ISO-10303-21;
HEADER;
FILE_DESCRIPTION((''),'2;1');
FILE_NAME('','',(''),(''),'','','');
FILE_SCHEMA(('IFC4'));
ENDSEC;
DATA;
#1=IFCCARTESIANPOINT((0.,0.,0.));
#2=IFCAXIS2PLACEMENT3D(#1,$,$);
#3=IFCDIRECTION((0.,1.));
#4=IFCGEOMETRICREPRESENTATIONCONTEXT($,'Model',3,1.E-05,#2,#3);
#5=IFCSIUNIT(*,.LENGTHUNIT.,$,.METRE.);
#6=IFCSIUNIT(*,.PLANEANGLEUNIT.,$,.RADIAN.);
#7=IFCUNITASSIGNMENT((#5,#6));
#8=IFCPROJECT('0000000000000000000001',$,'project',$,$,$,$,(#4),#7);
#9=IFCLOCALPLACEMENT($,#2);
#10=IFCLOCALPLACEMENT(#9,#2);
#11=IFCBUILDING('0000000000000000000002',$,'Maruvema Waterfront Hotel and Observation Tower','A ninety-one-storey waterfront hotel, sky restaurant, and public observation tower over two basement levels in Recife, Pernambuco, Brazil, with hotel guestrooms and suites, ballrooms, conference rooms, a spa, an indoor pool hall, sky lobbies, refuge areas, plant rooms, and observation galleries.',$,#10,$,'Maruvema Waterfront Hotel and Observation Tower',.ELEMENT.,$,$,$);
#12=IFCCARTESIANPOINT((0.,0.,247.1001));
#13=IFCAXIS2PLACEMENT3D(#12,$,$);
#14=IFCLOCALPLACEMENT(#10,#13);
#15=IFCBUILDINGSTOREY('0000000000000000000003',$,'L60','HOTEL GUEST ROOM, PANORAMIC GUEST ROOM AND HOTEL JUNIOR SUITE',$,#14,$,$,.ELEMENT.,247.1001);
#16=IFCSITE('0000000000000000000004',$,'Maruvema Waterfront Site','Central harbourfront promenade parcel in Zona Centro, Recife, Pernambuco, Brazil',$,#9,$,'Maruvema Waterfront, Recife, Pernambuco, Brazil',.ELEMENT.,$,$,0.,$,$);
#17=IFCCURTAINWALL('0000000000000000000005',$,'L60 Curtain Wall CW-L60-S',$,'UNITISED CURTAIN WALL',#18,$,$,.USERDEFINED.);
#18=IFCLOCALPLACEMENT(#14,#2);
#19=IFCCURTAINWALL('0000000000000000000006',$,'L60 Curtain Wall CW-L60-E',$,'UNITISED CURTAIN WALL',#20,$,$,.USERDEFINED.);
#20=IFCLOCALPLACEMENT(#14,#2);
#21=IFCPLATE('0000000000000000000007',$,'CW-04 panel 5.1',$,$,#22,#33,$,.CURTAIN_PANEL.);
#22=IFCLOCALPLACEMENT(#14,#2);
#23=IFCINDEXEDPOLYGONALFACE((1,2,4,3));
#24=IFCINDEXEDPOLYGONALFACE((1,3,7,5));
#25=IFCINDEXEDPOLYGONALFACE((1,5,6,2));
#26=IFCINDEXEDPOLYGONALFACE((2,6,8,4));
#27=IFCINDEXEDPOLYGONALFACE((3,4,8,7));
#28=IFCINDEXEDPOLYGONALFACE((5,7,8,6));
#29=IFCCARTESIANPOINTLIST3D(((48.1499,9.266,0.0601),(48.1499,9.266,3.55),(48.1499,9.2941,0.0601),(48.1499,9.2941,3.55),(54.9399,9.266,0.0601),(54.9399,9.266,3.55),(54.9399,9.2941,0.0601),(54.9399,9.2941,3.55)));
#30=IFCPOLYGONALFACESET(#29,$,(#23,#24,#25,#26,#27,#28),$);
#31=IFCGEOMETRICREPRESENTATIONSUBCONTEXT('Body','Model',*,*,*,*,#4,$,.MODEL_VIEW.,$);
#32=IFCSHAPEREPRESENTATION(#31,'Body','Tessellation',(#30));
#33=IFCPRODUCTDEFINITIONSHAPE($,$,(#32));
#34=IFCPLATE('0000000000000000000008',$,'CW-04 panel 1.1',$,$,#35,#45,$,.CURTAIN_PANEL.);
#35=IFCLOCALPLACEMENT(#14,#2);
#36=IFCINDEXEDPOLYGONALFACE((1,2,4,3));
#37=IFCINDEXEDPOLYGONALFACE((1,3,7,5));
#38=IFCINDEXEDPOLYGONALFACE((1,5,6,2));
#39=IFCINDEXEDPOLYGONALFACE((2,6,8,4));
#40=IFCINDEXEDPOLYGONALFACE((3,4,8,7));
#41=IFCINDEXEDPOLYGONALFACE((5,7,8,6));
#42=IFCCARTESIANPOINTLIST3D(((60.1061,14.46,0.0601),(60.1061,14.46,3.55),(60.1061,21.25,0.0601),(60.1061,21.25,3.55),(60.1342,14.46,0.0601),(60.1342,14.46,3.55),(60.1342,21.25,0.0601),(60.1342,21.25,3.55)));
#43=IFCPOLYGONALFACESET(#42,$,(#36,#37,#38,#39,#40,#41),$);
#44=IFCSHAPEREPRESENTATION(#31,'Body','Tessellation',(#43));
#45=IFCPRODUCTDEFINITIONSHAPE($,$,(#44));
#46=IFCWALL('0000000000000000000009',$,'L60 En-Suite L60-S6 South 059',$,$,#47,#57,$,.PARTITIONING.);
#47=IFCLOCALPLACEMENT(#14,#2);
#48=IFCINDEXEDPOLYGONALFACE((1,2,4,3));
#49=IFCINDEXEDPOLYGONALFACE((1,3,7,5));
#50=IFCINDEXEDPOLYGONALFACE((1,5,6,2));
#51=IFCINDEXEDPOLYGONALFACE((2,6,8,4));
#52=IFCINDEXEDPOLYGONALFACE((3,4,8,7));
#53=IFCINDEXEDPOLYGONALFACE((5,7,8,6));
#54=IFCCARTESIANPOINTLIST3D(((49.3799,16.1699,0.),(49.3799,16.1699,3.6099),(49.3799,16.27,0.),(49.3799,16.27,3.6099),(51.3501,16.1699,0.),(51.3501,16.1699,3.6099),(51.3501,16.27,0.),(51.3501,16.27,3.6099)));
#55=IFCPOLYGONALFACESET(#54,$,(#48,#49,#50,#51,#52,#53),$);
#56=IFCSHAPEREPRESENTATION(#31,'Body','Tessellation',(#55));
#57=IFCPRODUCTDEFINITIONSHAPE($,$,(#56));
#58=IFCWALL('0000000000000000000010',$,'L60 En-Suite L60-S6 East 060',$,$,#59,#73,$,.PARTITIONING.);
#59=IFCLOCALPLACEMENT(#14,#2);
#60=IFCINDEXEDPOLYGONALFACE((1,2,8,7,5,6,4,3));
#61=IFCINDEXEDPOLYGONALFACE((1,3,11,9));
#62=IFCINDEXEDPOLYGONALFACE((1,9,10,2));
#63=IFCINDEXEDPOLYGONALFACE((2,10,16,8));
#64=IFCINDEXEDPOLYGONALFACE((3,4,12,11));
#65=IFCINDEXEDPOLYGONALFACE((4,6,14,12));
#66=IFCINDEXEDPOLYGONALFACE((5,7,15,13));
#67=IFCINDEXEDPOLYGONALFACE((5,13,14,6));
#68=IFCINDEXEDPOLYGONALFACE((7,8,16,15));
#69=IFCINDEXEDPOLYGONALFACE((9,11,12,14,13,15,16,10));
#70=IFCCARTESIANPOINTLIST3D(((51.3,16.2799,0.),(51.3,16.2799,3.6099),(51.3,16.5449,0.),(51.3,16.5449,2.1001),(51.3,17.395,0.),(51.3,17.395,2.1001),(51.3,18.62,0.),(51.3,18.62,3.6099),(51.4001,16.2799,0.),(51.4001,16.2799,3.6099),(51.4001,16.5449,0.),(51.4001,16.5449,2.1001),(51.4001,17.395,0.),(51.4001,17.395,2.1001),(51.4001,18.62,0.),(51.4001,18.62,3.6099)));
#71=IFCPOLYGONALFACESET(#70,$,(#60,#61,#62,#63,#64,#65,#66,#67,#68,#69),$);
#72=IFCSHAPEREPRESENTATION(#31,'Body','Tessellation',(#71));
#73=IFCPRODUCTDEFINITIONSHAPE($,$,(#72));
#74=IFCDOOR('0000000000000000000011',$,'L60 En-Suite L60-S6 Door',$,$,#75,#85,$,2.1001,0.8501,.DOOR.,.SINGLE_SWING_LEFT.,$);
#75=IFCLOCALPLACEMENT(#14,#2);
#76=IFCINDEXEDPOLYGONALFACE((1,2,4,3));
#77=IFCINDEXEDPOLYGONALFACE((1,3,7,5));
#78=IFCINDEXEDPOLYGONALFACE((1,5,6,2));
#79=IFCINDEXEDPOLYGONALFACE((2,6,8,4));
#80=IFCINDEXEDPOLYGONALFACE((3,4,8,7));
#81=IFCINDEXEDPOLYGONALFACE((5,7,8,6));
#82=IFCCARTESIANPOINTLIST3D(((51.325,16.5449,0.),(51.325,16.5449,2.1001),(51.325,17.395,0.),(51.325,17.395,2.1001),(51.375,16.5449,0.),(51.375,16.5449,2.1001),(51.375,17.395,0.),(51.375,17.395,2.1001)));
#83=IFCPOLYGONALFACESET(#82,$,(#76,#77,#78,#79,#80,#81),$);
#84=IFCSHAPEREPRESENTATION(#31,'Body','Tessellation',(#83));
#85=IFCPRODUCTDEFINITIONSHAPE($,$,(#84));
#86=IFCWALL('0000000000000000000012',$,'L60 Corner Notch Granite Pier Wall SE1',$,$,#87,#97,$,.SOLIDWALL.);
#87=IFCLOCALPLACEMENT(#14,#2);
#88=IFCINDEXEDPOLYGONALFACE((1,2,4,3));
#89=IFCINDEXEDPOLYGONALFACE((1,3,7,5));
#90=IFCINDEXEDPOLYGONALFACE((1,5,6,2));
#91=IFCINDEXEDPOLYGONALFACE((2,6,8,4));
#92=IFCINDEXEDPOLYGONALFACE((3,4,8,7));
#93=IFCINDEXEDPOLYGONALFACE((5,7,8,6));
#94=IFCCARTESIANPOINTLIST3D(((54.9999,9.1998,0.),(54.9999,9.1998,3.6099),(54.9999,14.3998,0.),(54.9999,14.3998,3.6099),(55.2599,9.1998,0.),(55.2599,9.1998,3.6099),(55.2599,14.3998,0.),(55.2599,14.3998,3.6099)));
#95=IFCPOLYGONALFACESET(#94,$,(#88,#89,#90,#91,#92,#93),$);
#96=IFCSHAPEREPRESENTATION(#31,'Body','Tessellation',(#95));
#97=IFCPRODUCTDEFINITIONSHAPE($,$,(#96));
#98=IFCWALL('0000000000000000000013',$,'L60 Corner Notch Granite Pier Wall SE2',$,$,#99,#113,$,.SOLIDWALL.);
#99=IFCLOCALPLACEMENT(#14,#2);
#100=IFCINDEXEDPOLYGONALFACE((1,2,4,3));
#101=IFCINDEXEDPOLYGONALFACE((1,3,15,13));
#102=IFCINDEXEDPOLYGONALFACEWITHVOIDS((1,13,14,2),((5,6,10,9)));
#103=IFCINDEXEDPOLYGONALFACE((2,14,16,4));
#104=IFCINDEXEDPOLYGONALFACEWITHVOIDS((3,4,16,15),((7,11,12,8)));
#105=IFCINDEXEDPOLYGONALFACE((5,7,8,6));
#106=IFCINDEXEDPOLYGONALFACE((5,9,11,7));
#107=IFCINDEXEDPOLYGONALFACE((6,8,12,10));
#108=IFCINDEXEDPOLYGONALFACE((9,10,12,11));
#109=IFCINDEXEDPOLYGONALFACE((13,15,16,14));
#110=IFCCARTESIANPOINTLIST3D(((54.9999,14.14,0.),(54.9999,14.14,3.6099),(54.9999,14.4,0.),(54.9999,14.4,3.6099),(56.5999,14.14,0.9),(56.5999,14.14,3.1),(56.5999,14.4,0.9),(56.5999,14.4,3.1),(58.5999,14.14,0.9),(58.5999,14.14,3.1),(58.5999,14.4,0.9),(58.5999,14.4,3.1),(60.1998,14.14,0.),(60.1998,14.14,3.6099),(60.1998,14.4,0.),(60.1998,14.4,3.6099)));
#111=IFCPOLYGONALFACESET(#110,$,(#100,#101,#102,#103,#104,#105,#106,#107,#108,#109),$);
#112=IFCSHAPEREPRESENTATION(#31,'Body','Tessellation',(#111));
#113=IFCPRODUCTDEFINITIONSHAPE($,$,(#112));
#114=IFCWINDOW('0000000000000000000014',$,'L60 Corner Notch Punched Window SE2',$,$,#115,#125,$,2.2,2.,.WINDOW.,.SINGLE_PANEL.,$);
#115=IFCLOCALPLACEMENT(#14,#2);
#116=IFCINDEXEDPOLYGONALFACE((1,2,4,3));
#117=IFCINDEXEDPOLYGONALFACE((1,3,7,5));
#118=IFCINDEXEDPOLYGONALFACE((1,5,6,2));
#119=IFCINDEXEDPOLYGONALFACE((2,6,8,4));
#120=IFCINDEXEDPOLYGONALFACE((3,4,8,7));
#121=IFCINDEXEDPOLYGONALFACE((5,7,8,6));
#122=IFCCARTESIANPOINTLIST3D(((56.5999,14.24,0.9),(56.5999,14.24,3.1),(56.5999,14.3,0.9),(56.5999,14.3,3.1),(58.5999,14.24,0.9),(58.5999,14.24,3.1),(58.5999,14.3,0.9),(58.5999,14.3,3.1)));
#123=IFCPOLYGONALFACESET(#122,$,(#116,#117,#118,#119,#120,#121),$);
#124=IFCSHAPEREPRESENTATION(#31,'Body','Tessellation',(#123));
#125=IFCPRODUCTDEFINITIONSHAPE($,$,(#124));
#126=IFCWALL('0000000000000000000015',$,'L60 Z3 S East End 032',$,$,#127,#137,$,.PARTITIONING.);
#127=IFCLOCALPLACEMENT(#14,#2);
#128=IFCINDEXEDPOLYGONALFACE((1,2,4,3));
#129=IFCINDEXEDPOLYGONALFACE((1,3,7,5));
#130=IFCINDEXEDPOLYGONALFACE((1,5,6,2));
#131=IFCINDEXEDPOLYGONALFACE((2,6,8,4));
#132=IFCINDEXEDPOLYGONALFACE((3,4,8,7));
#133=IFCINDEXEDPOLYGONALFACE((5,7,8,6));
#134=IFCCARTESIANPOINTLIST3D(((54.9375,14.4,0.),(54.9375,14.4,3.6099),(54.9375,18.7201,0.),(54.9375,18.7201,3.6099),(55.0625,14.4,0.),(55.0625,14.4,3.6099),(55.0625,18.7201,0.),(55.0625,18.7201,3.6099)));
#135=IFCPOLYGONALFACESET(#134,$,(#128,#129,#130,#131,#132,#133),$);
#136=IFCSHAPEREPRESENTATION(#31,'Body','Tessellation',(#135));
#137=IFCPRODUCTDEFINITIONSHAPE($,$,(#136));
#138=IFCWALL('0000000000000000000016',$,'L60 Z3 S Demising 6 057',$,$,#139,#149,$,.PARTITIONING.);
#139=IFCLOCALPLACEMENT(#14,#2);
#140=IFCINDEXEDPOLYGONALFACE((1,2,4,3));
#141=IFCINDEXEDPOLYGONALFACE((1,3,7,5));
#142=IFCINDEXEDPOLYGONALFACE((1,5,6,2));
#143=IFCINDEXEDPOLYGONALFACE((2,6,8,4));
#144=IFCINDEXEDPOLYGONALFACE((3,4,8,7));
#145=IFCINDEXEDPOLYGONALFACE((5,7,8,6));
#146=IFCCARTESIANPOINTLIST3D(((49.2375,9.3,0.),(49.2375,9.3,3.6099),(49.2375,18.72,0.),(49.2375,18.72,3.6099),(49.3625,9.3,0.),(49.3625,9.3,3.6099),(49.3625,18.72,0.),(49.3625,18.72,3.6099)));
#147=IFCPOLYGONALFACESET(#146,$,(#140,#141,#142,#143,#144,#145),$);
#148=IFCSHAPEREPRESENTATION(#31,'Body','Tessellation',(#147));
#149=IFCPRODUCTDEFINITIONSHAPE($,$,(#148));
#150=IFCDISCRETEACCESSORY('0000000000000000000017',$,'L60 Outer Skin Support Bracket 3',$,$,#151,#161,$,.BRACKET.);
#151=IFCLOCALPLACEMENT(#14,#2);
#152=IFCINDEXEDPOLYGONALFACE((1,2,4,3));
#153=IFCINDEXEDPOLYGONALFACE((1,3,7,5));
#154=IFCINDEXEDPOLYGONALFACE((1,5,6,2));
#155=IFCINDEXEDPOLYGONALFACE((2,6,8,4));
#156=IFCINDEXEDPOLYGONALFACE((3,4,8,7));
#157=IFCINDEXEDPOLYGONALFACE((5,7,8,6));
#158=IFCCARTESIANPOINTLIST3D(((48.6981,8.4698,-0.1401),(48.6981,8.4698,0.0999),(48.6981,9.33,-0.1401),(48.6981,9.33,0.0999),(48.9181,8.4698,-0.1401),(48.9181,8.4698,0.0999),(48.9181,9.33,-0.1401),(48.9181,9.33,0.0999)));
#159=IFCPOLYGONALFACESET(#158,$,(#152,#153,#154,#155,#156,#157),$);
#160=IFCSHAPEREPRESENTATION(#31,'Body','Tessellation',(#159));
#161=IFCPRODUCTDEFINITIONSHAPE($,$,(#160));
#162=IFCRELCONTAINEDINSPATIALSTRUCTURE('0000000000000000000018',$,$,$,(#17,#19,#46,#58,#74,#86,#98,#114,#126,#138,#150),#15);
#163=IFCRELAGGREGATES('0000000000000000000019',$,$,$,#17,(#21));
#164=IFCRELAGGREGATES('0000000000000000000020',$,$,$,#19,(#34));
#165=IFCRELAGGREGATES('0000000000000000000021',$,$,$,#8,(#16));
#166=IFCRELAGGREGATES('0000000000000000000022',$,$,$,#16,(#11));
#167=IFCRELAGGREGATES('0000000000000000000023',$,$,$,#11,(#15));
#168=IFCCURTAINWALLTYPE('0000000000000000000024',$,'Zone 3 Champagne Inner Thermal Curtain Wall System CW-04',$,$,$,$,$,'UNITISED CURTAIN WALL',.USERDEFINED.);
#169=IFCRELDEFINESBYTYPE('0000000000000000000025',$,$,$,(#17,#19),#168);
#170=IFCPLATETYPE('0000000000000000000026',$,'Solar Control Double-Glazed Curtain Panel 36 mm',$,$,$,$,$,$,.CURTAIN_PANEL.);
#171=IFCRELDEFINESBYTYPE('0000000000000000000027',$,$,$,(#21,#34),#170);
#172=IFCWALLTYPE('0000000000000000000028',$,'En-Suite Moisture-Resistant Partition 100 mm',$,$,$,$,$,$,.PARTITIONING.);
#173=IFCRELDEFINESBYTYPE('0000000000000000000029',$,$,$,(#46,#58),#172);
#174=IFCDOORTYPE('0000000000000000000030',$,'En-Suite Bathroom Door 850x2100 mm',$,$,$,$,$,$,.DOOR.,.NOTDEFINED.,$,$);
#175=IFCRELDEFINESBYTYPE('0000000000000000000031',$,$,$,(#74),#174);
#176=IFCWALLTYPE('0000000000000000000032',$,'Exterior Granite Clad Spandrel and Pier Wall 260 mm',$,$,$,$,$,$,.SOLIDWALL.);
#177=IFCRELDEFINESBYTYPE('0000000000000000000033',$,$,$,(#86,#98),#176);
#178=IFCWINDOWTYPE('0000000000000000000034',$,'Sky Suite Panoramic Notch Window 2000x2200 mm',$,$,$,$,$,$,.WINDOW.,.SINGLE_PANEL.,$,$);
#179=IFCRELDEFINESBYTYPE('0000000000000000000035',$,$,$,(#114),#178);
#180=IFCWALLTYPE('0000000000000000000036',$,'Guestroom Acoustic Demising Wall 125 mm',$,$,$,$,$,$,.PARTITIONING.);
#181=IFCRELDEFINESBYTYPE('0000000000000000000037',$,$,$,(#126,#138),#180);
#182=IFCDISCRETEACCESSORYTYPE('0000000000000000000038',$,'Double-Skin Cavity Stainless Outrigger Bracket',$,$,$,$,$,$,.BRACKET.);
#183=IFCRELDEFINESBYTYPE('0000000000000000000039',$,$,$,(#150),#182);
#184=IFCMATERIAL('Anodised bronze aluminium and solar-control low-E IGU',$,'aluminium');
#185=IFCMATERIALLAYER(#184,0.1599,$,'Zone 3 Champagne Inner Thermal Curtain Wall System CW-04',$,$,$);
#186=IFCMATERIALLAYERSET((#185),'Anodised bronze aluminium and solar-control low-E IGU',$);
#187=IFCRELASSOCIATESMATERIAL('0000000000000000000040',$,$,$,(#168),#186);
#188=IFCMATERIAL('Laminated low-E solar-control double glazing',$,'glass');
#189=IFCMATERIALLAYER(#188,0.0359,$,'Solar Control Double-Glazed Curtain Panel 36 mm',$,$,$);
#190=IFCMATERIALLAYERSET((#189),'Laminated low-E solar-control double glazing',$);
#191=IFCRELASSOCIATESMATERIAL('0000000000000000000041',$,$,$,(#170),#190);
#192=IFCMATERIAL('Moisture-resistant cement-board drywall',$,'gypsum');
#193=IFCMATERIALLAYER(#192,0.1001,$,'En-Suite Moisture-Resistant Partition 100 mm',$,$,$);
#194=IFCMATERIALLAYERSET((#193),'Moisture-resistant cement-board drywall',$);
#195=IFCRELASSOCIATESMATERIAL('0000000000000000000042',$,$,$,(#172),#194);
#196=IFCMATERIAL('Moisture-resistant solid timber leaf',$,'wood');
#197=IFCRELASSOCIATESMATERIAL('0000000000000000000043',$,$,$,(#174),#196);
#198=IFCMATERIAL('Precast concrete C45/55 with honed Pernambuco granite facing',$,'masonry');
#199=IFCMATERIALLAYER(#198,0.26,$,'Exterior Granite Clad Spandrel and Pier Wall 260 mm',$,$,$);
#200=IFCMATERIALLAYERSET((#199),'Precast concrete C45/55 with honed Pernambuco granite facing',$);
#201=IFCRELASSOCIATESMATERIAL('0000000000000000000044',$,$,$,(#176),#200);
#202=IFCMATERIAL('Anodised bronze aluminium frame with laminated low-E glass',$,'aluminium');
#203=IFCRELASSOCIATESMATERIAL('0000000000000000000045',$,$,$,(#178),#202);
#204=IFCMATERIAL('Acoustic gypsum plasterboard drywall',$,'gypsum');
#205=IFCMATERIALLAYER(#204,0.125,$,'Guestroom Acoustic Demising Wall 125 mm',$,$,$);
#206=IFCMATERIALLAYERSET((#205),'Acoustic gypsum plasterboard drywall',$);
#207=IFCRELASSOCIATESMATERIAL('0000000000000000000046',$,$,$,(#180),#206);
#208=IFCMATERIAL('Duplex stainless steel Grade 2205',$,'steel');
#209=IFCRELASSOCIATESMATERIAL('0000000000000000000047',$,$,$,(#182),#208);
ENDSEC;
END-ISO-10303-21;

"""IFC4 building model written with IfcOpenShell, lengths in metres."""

from ifc_helpers import new_model, si_unit, direction, frame, frame_2d, origin, origin_2d, place, context, subcontext, project, spatial, rectangle, extrude, material, layer, layer_set, type_object, element, fill, aggregate, save


model = new_model("IFC4")

# Units and contexts
model_context = context("Model", 3, precision=1e-05, world=origin(), true_north=direction((0.0, 1.0)))
body_context = subcontext(model_context, "Body", "Model", "MODEL_VIEW")
ifc_project = project(units=[si_unit("LENGTHUNIT", "METRE"), si_unit("PLANEANGLEUNIT", "RADIAN")], contexts=[model_context])

# Site, building, storey
site_placement = place(None, origin())
site = spatial("IfcSite", under=ifc_project, at=site_placement, Name="Maruvema Waterfront Site", Description="Central harbourfront promenade parcel in Zona Centro, Recife, Pernambuco, Brazil", LongName="Maruvema Waterfront, Recife, Pernambuco, Brazil", CompositionType="ELEMENT", RefElevation=0.0)
building_placement = place(site_placement, origin())
building = spatial("IfcBuilding", under=site, at=building_placement, Name="Maruvema Waterfront Hotel and Observation Tower", Description="A ninety-one-storey waterfront hotel, sky restaurant, and public observation tower over two basement levels in Recife, Pernambuco, Brazil, with hotel guestrooms and suites, ballrooms, conference rooms, a spa, an indoor pool hall, sky lobbies, refuge areas, plant rooms, and observation galleries.", LongName="Maruvema Waterfront Hotel and Observation Tower", CompositionType="ELEMENT")
storey_placement = place(building_placement, frame((0.0, 0.0, 247.1001)))
storey = spatial("IfcBuildingStorey", under=building, at=storey_placement, Name="L60", Description="HOTEL GUEST ROOM, PANORAMIC GUEST ROOM AND HOTEL JUNIOR SUITE", CompositionType="ELEMENT", Elevation=247.1001)

# Curtain wall
ifc_material_1 = material(Name="Anodised bronze aluminium and solar-control low-E IGU", Category="aluminium")
ifc_layer_1 = layer(ifc_material_1, 0.1599, Name="Zone 3 Champagne Inner Thermal Curtain Wall System CW-04")
ifc_layer_set_1 = layer_set([ifc_layer_1], Name="Anodised bronze aluminium and solar-control low-E IGU")
curtain_wall_type = type_object("IfcCurtainWallType", Name="Zone 3 Champagne Inner Thermal Curtain Wall System CW-04", ElementType="UNITISED CURTAIN WALL", PredefinedType="USERDEFINED", material=ifc_layer_set_1)
curtain_wall_1_placement = place(storey_placement, origin())
curtain_wall_1 = element("IfcCurtainWall", 1, at=curtain_wall_1_placement, inside=storey, type_object=curtain_wall_type, Name="L60 Curtain Wall CW-L60-S", ObjectType="UNITISED CURTAIN WALL", PredefinedType="USERDEFINED")

# Curtain wall
curtain_wall_2_placement = place(storey_placement, origin())
curtain_wall_2 = element("IfcCurtainWall", 2, at=curtain_wall_2_placement, inside=storey, type_object=curtain_wall_type, Name="L60 Curtain Wall CW-L60-E", ObjectType="UNITISED CURTAIN WALL", PredefinedType="USERDEFINED")

# Plates
ifc_material_2 = material(Name="Laminated low-E solar-control double glazing", Category="glass")
ifc_layer_2 = layer(ifc_material_2, 0.0359, Name="Solar Control Double-Glazed Curtain Panel 36 mm")
ifc_layer_set_2 = layer_set([ifc_layer_2], Name="Laminated low-E solar-control double glazing")
plate_type = type_object("IfcPlateType", Name="Solar Control Double-Glazed Curtain Panel 36 mm", PredefinedType="CURTAIN_PANEL", material=ifc_layer_set_2)
plate_1_placement = place(storey_placement, frame((51.5449, 9.28, 0.0601), z_axis=(0.0, 0.0, 1.0), x_axis=(1.0, 0.0, 0.0)))
plate_1 = element("IfcPlate", 3, at=plate_1_placement, type_object=plate_type, Name="CW-04 panel 5.1", PredefinedType="CURTAIN_PANEL", context=body_context, shape_type="SweptSolid", body=[
    extrude(rectangle(XDim=6.79, YDim=0.0281, at=origin_2d()), origin(), (0.0, 0.0, 1.0), 3.49),
])
aggregate(curtain_wall_1, [plate_1])
plate_2_placement = place(storey_placement, frame((60.1201, 17.855, 0.0601), z_axis=(0.0, 0.0, 1.0), x_axis=(0.0, 1.0, 0.0)))
plate_2 = element("IfcPlate", 4, at=plate_2_placement, type_object=plate_type, Name="CW-04 panel 1.1", PredefinedType="CURTAIN_PANEL", context=body_context, shape_type="SweptSolid", body=[
    extrude(rectangle(XDim=6.79, YDim=0.0281, at=origin_2d()), origin(), (0.0, 0.0, 1.0), 3.49),
])
aggregate(curtain_wall_2, [plate_2])

# Wall
ifc_material_3 = material(Name="Moisture-resistant cement-board drywall", Category="gypsum")
ifc_layer_3 = layer(ifc_material_3, 0.1001, Name="En-Suite Moisture-Resistant Partition 100 mm")
ifc_layer_set_3 = layer_set([ifc_layer_3], Name="Moisture-resistant cement-board drywall")
wall_type_1 = type_object("IfcWallType", Name="En-Suite Moisture-Resistant Partition 100 mm", PredefinedType="PARTITIONING", material=ifc_layer_set_3)
wall_1_placement = place(storey_placement, frame((49.3799, 16.22, 0.0), z_axis=(0.0, 0.0, 1.0), x_axis=(1.0, 0.0, 0.0)))
element("IfcWall", 5, at=wall_1_placement, inside=storey, type_object=wall_type_1, Name="L60 En-Suite L60-S6 South 059", PredefinedType="PARTITIONING", context=body_context, shape_type="SweptSolid", body=[
    extrude(rectangle(XDim=1.9702, YDim=0.1001, at=frame_2d((0.9851, 0.0))), origin(), (0.0, 0.0, 1.0), 3.6099),
])

# Wall, opening, door
wall_2_placement = place(storey_placement, frame((51.3501, 16.28, 0.0), z_axis=(0.0, 0.0, 1.0), x_axis=(0.0, 1.0, 0.0)))
wall_2 = element("IfcWall", 6, at=wall_2_placement, inside=storey, type_object=wall_type_1, Name="L60 En-Suite L60-S6 East 060", PredefinedType="PARTITIONING", context=body_context, shape_type="SweptSolid", body=[
    extrude(rectangle(XDim=2.3401, YDim=0.1001, at=frame_2d((1.1699, 0.0))), origin(), (0.0, 0.0, 1.0), 3.6099),
])
opening_1_placement = place(wall_2_placement, frame((0.2649, 0.0, 0.0)))
opening_1 = element("IfcOpeningElement", 7, at=opening_1_placement, cuts=wall_2, PredefinedType="OPENING", context=body_context, shape_type="SweptSolid", body=[
    extrude(rectangle(XDim=0.8501, YDim=2.1001, at=frame_2d((0.425, 1.05))), frame((0.0, 0.0601, 0.0), z_axis=(0.0, -1.0, 0.0), x_axis=(1.0, 0.0, 0.0)), (0.0, 0.0, 1.0), 0.1201),
])
ifc_material_4 = material(Name="Moisture-resistant solid timber leaf", Category="wood")
door_type = type_object("IfcDoorType", Name="En-Suite Bathroom Door 850x2100 mm", OperationType="NOTDEFINED", PredefinedType="DOOR", material=ifc_material_4)
door_placement = place(opening_1_placement, frame((0.8501, 0.0, 0.0), z_axis=(0.0, 0.0, 1.0), x_axis=(-1.0, 0.0, 0.0)))
door = element("IfcDoor", 8, at=door_placement, inside=storey, type_object=door_type, Name="L60 En-Suite L60-S6 Door", OperationType="SINGLE_SWING_LEFT", OverallHeight=2.1001, OverallWidth=0.8501, PredefinedType="DOOR", context=body_context, shape_type="SweptSolid", body=[
    extrude(rectangle(XDim=0.8501, YDim=2.1001, at=frame_2d((0.425, 1.05))), frame((0.0, 0.0249, 0.0), z_axis=(0.0, -1.0, 0.0), x_axis=(1.0, 0.0, 0.0)), (0.0, 0.0, 1.0), 0.05),
])
fill(opening_1, door)

# Wall
ifc_material_5 = material(Name="Precast concrete C45/55 with honed Pernambuco granite facing", Category="masonry")
ifc_layer_4 = layer(ifc_material_5, 0.26, Name="Exterior Granite Clad Spandrel and Pier Wall 260 mm")
ifc_layer_set_4 = layer_set([ifc_layer_4], Name="Precast concrete C45/55 with honed Pernambuco granite facing")
wall_type_2 = type_object("IfcWallType", Name="Exterior Granite Clad Spandrel and Pier Wall 260 mm", PredefinedType="SOLIDWALL", material=ifc_layer_set_4)
wall_3_placement = place(storey_placement, frame((55.1299, 14.3999, 0.0), z_axis=(0.0, 0.0, 1.0), x_axis=(0.0, -1.0, 0.0)))
element("IfcWall", 9, at=wall_3_placement, inside=storey, type_object=wall_type_2, Name="L60 Corner Notch Granite Pier Wall SE1", PredefinedType="SOLIDWALL", context=body_context, shape_type="SweptSolid", body=[
    extrude(rectangle(XDim=5.2, YDim=0.26, at=frame_2d((2.6001, 0.0))), origin(), (0.0, 0.0, 1.0), 3.6099),
])

# Wall, opening, window
wall_4_placement = place(storey_placement, frame((60.2, 14.27, 0.0), z_axis=(0.0, 0.0, 1.0), x_axis=(-1.0, 0.0, 0.0)))
wall_4 = element("IfcWall", 10, at=wall_4_placement, inside=storey, type_object=wall_type_2, Name="L60 Corner Notch Granite Pier Wall SE2", PredefinedType="SOLIDWALL", context=body_context, shape_type="SweptSolid", body=[
    extrude(rectangle(XDim=5.2, YDim=0.26, at=frame_2d((2.6001, 0.0))), origin(), (0.0, 0.0, 1.0), 3.6099),
])
opening_2_placement = place(wall_4_placement, frame((1.6001, 0.0, 0.8999)))
opening_2 = element("IfcOpeningElement", 11, at=opening_2_placement, cuts=wall_4, PredefinedType="OPENING", context=body_context, shape_type="SweptSolid", body=[
    extrude(rectangle(XDim=2.0, YDim=2.2, at=frame_2d((1.0, 1.1001))), frame((0.0, 0.1401, 0.0), z_axis=(0.0, -1.0, 0.0), x_axis=(1.0, 0.0, 0.0)), (0.0, 0.0, 1.0), 0.28),
])
ifc_material_6 = material(Name="Anodised bronze aluminium frame with laminated low-E glass", Category="aluminium")
window_type = type_object("IfcWindowType", Name="Sky Suite Panoramic Notch Window 2000x2200 mm", PartitioningType="SINGLE_PANEL", PredefinedType="WINDOW", material=ifc_material_6)
window_placement = place(opening_2_placement, origin())
window = element("IfcWindow", 12, at=window_placement, inside=storey, type_object=window_type, Name="L60 Corner Notch Punched Window SE2", OverallHeight=2.2, OverallWidth=2.0, PartitioningType="SINGLE_PANEL", PredefinedType="WINDOW", context=body_context, shape_type="SweptSolid", body=[
    extrude(rectangle(XDim=2.0, YDim=2.2, at=frame_2d((1.0, 1.1001))), frame((0.0, 0.03, 0.0), z_axis=(0.0, -1.0, 0.0), x_axis=(1.0, 0.0, 0.0)), (0.0, 0.0, 1.0), 0.0601),
])
fill(opening_2, window)

# Walls
ifc_material_7 = material(Name="Acoustic gypsum plasterboard drywall", Category="gypsum")
ifc_layer_5 = layer(ifc_material_7, 0.125, Name="Guestroom Acoustic Demising Wall 125 mm")
ifc_layer_set_5 = layer_set([ifc_layer_5], Name="Acoustic gypsum plasterboard drywall")
wall_type_3 = type_object("IfcWallType", Name="Guestroom Acoustic Demising Wall 125 mm", PredefinedType="PARTITIONING", material=ifc_layer_set_5)
wall_5_placement = place(storey_placement, frame((55.0, 14.3999, 0.0), z_axis=(0.0, 0.0, 1.0), x_axis=(0.0, 1.0, 0.0)))
element("IfcWall", 13, at=wall_5_placement, inside=storey, type_object=wall_type_3, Name="L60 Z3 S East End 032", PredefinedType="PARTITIONING", context=body_context, shape_type="SweptSolid", body=[
    extrude(rectangle(XDim=4.3201, YDim=0.125, at=frame_2d((2.1602, 0.0))), origin(), (0.0, 0.0, 1.0), 3.6099),
])
wall_6_placement = place(storey_placement, frame((49.3, 9.3, 0.0), z_axis=(0.0, 0.0, 1.0), x_axis=(0.0, 1.0, 0.0)))
element("IfcWall", 14, at=wall_6_placement, inside=storey, type_object=wall_type_3, Name="L60 Z3 S Demising 6 057", PredefinedType="PARTITIONING", context=body_context, shape_type="SweptSolid", body=[
    extrude(rectangle(XDim=9.4199, YDim=0.125, at=frame_2d((4.71, 0.0))), origin(), (0.0, 0.0, 1.0), 3.6099),
])

# Discrete accessory
ifc_material_8 = material(Name="Duplex stainless steel Grade 2205", Category="steel")
discrete_accessory_type = type_object("IfcDiscreteAccessoryType", Name="Double-Skin Cavity Stainless Outrigger Bracket", PredefinedType="BRACKET", material=ifc_material_8)
discrete_accessory_placement = place(storey_placement, frame((48.8081, 8.8999, -0.1401), z_axis=(0.0, 0.0, 1.0), x_axis=(1.0, 0.0, 0.0)))
element("IfcDiscreteAccessory", 15, at=discrete_accessory_placement, inside=storey, type_object=discrete_accessory_type, Name="L60 Outer Skin Support Bracket 3", PredefinedType="BRACKET", context=body_context, shape_type="SweptSolid", body=[
    extrude(rectangle(XDim=0.22, YDim=0.8601, at=origin_2d()), origin(), (0.0, 0.0, 1.0), 0.24),
])

save(model, "model.ifc")
